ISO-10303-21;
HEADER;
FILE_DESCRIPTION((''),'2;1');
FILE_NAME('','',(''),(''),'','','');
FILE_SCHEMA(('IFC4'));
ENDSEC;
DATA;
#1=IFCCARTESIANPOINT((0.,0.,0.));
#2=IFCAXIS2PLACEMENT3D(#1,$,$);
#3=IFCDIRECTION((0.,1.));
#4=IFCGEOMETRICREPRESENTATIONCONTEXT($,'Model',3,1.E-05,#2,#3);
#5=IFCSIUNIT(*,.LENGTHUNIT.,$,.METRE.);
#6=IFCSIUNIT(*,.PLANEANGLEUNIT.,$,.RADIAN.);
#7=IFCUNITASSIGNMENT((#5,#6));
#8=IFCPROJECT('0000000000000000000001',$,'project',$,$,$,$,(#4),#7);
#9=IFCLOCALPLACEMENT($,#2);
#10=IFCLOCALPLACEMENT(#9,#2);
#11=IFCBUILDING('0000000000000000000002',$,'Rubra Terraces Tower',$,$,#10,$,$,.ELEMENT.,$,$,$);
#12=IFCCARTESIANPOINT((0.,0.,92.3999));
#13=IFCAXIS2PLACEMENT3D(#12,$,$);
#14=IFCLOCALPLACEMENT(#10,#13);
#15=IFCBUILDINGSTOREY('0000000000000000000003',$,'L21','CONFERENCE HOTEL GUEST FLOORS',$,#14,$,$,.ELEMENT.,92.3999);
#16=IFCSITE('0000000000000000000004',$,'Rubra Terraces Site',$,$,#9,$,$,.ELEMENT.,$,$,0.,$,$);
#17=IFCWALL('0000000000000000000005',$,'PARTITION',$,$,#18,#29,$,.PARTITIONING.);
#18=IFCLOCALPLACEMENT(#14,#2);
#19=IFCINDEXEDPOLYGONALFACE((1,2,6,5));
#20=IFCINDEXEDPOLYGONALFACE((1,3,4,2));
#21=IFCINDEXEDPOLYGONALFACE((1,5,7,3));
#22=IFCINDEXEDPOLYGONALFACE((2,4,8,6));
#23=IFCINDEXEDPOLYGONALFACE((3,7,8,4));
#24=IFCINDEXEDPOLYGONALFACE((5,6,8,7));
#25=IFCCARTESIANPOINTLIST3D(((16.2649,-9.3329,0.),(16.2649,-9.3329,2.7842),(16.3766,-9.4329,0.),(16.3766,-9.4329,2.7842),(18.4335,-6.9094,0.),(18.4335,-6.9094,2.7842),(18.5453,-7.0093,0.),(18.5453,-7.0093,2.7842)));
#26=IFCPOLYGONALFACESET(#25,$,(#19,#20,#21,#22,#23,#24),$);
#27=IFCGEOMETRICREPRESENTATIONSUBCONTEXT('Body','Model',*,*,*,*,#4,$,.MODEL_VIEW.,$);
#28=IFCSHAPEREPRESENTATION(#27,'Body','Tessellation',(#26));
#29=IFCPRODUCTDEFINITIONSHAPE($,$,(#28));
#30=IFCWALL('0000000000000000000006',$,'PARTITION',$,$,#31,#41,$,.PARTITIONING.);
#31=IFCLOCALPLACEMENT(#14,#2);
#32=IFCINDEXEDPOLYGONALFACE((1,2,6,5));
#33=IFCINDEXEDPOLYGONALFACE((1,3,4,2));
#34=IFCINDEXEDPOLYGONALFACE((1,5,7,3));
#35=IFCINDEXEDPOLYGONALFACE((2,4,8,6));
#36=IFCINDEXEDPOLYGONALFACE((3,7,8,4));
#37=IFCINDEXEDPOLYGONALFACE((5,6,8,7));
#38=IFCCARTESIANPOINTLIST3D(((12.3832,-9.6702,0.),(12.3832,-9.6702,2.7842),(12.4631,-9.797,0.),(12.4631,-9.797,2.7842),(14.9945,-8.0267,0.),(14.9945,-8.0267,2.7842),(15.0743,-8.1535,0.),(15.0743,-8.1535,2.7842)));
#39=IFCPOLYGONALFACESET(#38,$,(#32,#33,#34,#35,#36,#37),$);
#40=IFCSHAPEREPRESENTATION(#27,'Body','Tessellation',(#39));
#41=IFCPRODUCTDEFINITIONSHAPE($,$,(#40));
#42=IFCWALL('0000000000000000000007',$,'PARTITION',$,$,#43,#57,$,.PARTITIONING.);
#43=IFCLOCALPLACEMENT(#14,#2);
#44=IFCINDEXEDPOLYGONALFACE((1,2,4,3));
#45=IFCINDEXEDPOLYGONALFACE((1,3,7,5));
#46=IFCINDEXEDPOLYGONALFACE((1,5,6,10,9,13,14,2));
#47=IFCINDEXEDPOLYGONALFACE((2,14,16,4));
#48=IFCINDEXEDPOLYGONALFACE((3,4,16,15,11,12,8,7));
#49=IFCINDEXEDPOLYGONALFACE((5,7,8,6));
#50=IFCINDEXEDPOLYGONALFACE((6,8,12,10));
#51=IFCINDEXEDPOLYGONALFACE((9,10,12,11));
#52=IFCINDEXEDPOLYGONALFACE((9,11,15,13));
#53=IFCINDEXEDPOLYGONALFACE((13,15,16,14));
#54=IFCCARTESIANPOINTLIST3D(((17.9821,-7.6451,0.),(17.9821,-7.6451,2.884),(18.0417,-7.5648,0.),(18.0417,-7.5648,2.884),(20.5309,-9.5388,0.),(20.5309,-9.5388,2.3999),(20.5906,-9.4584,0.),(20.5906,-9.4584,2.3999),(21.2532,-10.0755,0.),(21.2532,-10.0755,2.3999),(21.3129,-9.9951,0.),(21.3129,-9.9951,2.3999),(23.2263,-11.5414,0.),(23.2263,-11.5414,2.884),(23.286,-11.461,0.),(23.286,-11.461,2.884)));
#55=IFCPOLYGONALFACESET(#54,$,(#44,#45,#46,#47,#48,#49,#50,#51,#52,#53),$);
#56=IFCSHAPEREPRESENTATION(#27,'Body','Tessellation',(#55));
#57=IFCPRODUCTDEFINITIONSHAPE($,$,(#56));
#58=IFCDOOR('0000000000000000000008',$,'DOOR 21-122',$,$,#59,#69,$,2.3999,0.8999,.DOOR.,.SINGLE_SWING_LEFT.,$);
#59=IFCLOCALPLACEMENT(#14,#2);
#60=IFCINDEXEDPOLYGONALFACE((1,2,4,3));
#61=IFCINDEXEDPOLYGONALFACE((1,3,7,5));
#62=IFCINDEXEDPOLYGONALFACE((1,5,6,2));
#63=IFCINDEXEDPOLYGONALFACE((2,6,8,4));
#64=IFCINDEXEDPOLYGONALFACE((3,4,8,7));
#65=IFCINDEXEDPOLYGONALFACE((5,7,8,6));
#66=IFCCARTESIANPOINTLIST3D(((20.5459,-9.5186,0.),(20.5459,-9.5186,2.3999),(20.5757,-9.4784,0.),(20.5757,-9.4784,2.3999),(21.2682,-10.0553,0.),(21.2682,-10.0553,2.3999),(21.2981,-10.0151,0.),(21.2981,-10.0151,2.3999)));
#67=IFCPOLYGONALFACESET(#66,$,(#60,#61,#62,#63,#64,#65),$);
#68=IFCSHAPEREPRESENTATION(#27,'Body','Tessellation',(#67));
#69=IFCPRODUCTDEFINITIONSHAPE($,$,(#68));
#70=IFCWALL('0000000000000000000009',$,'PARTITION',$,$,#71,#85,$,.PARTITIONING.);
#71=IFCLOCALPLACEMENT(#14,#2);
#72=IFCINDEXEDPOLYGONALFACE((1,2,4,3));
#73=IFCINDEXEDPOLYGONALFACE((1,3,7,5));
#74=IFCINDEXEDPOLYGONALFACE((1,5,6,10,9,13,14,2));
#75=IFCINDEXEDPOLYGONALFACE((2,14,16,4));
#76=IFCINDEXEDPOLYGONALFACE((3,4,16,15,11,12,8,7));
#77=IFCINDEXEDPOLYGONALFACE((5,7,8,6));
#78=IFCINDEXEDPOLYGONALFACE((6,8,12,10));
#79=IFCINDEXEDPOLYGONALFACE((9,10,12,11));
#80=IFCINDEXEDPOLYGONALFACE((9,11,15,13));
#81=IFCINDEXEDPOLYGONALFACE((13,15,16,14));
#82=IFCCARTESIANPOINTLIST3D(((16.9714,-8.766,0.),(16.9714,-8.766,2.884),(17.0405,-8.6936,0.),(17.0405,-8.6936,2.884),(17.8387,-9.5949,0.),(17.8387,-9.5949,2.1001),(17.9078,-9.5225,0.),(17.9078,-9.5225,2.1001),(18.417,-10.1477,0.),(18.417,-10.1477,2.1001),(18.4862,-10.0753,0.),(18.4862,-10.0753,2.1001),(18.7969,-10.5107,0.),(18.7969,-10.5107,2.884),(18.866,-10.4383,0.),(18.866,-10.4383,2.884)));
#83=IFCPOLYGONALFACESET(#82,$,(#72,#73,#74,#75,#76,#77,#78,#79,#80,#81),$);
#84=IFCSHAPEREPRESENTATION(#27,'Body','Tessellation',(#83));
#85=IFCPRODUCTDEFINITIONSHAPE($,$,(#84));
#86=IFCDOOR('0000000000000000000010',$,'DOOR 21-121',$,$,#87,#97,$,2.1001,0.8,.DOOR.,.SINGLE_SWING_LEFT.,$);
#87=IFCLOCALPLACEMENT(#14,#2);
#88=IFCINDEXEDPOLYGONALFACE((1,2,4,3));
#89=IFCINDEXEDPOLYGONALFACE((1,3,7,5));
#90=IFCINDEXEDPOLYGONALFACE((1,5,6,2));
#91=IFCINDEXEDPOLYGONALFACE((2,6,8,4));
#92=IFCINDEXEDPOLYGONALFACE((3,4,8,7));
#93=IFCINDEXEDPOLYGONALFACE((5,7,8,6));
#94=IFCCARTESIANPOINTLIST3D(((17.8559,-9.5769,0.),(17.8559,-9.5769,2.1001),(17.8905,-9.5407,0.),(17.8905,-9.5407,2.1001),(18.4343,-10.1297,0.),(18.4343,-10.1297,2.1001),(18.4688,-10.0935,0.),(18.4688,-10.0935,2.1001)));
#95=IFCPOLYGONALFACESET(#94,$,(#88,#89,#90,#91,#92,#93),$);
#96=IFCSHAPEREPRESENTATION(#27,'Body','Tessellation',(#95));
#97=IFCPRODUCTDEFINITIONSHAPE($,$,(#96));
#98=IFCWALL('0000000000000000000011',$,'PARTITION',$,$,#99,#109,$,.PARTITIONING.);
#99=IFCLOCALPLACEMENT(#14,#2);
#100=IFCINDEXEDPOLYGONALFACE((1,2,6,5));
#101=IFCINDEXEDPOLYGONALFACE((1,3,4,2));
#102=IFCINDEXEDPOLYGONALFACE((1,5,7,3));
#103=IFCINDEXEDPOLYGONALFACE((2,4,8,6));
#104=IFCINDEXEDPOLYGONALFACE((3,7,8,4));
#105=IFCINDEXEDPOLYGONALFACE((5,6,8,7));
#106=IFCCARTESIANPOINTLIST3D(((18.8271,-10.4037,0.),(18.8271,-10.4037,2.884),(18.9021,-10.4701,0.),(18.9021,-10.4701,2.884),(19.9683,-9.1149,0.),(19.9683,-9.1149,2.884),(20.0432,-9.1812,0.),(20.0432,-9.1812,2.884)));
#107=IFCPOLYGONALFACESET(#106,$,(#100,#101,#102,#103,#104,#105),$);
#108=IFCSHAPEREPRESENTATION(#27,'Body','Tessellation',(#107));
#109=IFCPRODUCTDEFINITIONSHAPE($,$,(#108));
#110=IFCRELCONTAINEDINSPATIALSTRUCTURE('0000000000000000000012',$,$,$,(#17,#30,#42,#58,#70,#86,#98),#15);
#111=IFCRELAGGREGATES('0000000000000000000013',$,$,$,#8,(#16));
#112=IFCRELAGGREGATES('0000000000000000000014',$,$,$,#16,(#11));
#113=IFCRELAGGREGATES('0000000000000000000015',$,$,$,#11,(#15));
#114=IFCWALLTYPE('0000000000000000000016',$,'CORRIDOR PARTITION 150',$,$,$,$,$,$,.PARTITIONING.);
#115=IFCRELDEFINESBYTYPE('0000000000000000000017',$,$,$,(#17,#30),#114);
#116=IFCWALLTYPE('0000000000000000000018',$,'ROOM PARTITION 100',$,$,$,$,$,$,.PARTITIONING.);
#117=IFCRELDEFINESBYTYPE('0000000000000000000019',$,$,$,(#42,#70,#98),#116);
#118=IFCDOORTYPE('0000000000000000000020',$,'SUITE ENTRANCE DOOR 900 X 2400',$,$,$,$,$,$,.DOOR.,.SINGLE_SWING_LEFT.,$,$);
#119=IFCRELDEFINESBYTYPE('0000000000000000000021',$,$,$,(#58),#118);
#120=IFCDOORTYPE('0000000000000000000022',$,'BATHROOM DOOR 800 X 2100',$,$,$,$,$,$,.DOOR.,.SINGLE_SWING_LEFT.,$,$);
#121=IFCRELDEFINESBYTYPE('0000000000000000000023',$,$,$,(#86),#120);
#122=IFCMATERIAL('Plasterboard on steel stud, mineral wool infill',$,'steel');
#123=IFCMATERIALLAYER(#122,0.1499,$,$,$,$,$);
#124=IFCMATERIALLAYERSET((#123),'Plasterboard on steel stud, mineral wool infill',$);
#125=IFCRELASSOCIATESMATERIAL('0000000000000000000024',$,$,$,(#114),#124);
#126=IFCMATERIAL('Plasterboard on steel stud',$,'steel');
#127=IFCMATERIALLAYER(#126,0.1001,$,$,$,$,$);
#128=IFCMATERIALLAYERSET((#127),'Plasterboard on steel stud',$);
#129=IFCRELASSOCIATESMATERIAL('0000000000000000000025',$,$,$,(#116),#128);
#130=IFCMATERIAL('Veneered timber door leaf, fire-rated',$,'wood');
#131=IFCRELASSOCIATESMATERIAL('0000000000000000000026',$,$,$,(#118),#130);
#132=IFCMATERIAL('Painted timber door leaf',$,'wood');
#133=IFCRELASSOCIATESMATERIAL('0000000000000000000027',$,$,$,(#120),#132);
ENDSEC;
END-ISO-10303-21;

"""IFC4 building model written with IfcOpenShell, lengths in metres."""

from ifc_helpers import new_model, si_unit, direction, frame, frame_2d, origin, place, context, subcontext, project, spatial, rectangle, extrude, material, layer, layer_set, type_object, element, fill, save


model = new_model("IFC4")

# Units and contexts
model_context = context("Model", 3, precision=1e-05, world=origin(), true_north=direction((0.0, 1.0)))
body_context = subcontext(model_context, "Body", "Model", "MODEL_VIEW")
ifc_project = project(units=[si_unit("LENGTHUNIT", "METRE"), si_unit("PLANEANGLEUNIT", "RADIAN")], contexts=[model_context])

# Site, building, storey
site_placement = place(None, origin())
site = spatial("IfcSite", under=ifc_project, at=site_placement, Name="Rubra Terraces Site", CompositionType="ELEMENT", RefElevation=0.0)
building_placement = place(site_placement, origin())
building = spatial("IfcBuilding", under=site, at=building_placement, Name="Rubra Terraces Tower", CompositionType="ELEMENT")
storey_placement = place(building_placement, frame((0.0, 0.0, 92.3999)))
storey = spatial("IfcBuildingStorey", under=building, at=storey_placement, Name="L21", Description="CONFERENCE HOTEL GUEST FLOORS", CompositionType="ELEMENT", Elevation=92.3999)

# Walls
ifc_material_1 = material(Name="Plasterboard on steel stud, mineral wool infill", Category="steel")
ifc_layer_1 = layer(ifc_material_1, 0.1499)
ifc_layer_set_1 = layer_set([ifc_layer_1], Name="Plasterboard on steel stud, mineral wool infill")
wall_type_1 = type_object("IfcWallType", Name="CORRIDOR PARTITION 150", PredefinedType="PARTITIONING", material=ifc_layer_set_1)
wall_1_placement = place(storey_placement, frame((16.3208, -9.3828, 0.0), z_axis=(0.0, 0.0, 1.0), x_axis=(0.666834, 0.745206, 0.0)))
element("IfcWall", 1, at=wall_1_placement, inside=storey, type_object=wall_type_1, Name="PARTITION", PredefinedType="PARTITIONING", context=body_context, shape_type="SweptSolid", body=[
    extrude(rectangle(XDim=3.2522, YDim=0.1499, at=frame_2d((1.626, 0.0))), origin(), (0.0, 0.0, 1.0), 2.7842),
])
wall_2_placement = place(storey_placement, frame((15.0344, -8.0901, 0.0), z_axis=(0.0, 0.0, 1.0), x_axis=(-0.846323, -0.532671, 0.0)))
element("IfcWall", 2, at=wall_2_placement, inside=storey, type_object=wall_type_1, Name="PARTITION", PredefinedType="PARTITIONING", context=body_context, shape_type="SweptSolid", body=[
    extrude(rectangle(XDim=3.0854, YDim=0.1499, at=frame_2d((1.5427, 0.0))), origin(), (0.0, 0.0, 1.0), 2.7842),
])

# Walls, openings, doors
ifc_material_2 = material(Name="Plasterboard on steel stud", Category="steel")
ifc_layer_2 = layer(ifc_material_2, 0.1001)
ifc_layer_set_2 = layer_set([ifc_layer_2], Name="Plasterboard on steel stud")
wall_type_2 = type_object("IfcWallType", Name="ROOM PARTITION 100", PredefinedType="PARTITIONING", material=ifc_layer_set_2)
wall_3_placement = place(storey_placement, frame((23.2561, -11.5012, 0.0), z_axis=(0.0, 0.0, 1.0), x_axis=(-0.8027, 0.596382, 0.0)))
wall_3 = element("IfcWall", 3, at=wall_3_placement, inside=storey, type_object=wall_type_2, Name="PARTITION", PredefinedType="PARTITIONING", context=body_context, shape_type="SweptSolid", body=[
    extrude(rectangle(XDim=6.5332, YDim=0.1001, at=frame_2d((3.2666, 0.0))), origin(), (0.0, 0.0, 1.0), 2.884),
])
opening_1_placement = place(wall_3_placement, frame((2.458, 0.0, 0.0)))
opening_1 = element("IfcOpeningElement", 4, at=opening_1_placement, cuts=wall_3, PredefinedType="OPENING", context=body_context, shape_type="SweptSolid", body=[
    extrude(rectangle(XDim=0.8999, YDim=2.3999, at=frame_2d((0.45, 1.2))), frame((0.0, 0.0601, 0.0), z_axis=(0.0, -1.0, 0.0), x_axis=(1.0, 0.0, 0.0)), (0.0, 0.0, 1.0), 0.1201),
])
ifc_material_3 = material(Name="Veneered timber door leaf, fire-rated", Category="wood")
door_type_1 = type_object("IfcDoorType", Name="SUITE ENTRANCE DOOR 900 X 2400", OperationType="SINGLE_SWING_LEFT", PredefinedType="DOOR", material=ifc_material_3)
door_1_placement = place(opening_1_placement, origin())
door_1 = element("IfcDoor", 5, at=door_1_placement, inside=storey, type_object=door_type_1, Name="DOOR 21-122", OperationType="SINGLE_SWING_LEFT", OverallHeight=2.3999, OverallWidth=0.8999, PredefinedType="DOOR", context=body_context, shape_type="SweptSolid", body=[
    extrude(rectangle(XDim=0.8999, YDim=2.3999, at=frame_2d((0.45, 1.2))), frame((0.0, 0.0249, 0.0), z_axis=(0.0, -1.0, 0.0), x_axis=(1.0, 0.0, 0.0)), (0.0, 0.0, 1.0), 0.05),
])
fill(opening_1, door_1)
wall_4_placement = place(storey_placement, frame((17.0059, -8.7297, 0.0), z_axis=(0.0, 0.0, 1.0), x_axis=(0.722927, -0.690924, 0.0)))
wall_4 = element("IfcWall", 6, at=wall_4_placement, inside=storey, type_object=wall_type_2, Name="PARTITION", PredefinedType="PARTITIONING", context=body_context, shape_type="SweptSolid", body=[
    extrude(rectangle(XDim=2.5251, YDim=0.1001, at=frame_2d((1.2627, 0.0))), origin(), (0.0, 0.0, 1.0), 2.884),
])
opening_2_placement = place(wall_4_placement, frame((1.2, 0.0, 0.0)))
opening_2 = element("IfcOpeningElement", 7, at=opening_2_placement, cuts=wall_4, PredefinedType="OPENING", context=body_context, shape_type="SweptSolid", body=[
    extrude(rectangle(XDim=0.8, YDim=2.1001, at=frame_2d((0.3999, 1.05))), frame((0.0, 0.0601, 0.0), z_axis=(0.0, -1.0, 0.0), x_axis=(1.0, 0.0, 0.0)), (0.0, 0.0, 1.0), 0.1201),
])
ifc_material_4 = material(Name="Painted timber door leaf", Category="wood")
door_type_2 = type_object("IfcDoorType", Name="BATHROOM DOOR 800 X 2100", OperationType="SINGLE_SWING_LEFT", PredefinedType="DOOR", material=ifc_material_4)
door_2_placement = place(opening_2_placement, origin())
door_2 = element("IfcDoor", 8, at=door_2_placement, inside=storey, type_object=door_type_2, Name="DOOR 21-121", OperationType="SINGLE_SWING_LEFT", OverallHeight=2.1001, OverallWidth=0.8, PredefinedType="DOOR", context=body_context, shape_type="SweptSolid", body=[
    extrude(rectangle(XDim=0.8, YDim=2.1001, at=frame_2d((0.3999, 1.05))), frame((0.0, 0.0249, 0.0), z_axis=(0.0, -1.0, 0.0), x_axis=(1.0, 0.0, 0.0)), (0.0, 0.0, 1.0), 0.05),
])
fill(opening_2, door_2)

# Wall
wall_5_placement = place(storey_placement, frame((18.8645, -10.437, 0.0), z_axis=(0.0, 0.0, 1.0), x_axis=(0.662901, 0.748707, 0.0)))
element("IfcWall", 9, at=wall_5_placement, inside=storey, type_object=wall_type_2, Name="PARTITION", PredefinedType="PARTITIONING", context=body_context, shape_type="SweptSolid", body=[
    extrude(rectangle(XDim=1.7214, YDim=0.1001, at=frame_2d((0.8608, 0.0))), origin(), (0.0, 0.0, 1.0), 2.884),
])

save(model, "model.ifc")
